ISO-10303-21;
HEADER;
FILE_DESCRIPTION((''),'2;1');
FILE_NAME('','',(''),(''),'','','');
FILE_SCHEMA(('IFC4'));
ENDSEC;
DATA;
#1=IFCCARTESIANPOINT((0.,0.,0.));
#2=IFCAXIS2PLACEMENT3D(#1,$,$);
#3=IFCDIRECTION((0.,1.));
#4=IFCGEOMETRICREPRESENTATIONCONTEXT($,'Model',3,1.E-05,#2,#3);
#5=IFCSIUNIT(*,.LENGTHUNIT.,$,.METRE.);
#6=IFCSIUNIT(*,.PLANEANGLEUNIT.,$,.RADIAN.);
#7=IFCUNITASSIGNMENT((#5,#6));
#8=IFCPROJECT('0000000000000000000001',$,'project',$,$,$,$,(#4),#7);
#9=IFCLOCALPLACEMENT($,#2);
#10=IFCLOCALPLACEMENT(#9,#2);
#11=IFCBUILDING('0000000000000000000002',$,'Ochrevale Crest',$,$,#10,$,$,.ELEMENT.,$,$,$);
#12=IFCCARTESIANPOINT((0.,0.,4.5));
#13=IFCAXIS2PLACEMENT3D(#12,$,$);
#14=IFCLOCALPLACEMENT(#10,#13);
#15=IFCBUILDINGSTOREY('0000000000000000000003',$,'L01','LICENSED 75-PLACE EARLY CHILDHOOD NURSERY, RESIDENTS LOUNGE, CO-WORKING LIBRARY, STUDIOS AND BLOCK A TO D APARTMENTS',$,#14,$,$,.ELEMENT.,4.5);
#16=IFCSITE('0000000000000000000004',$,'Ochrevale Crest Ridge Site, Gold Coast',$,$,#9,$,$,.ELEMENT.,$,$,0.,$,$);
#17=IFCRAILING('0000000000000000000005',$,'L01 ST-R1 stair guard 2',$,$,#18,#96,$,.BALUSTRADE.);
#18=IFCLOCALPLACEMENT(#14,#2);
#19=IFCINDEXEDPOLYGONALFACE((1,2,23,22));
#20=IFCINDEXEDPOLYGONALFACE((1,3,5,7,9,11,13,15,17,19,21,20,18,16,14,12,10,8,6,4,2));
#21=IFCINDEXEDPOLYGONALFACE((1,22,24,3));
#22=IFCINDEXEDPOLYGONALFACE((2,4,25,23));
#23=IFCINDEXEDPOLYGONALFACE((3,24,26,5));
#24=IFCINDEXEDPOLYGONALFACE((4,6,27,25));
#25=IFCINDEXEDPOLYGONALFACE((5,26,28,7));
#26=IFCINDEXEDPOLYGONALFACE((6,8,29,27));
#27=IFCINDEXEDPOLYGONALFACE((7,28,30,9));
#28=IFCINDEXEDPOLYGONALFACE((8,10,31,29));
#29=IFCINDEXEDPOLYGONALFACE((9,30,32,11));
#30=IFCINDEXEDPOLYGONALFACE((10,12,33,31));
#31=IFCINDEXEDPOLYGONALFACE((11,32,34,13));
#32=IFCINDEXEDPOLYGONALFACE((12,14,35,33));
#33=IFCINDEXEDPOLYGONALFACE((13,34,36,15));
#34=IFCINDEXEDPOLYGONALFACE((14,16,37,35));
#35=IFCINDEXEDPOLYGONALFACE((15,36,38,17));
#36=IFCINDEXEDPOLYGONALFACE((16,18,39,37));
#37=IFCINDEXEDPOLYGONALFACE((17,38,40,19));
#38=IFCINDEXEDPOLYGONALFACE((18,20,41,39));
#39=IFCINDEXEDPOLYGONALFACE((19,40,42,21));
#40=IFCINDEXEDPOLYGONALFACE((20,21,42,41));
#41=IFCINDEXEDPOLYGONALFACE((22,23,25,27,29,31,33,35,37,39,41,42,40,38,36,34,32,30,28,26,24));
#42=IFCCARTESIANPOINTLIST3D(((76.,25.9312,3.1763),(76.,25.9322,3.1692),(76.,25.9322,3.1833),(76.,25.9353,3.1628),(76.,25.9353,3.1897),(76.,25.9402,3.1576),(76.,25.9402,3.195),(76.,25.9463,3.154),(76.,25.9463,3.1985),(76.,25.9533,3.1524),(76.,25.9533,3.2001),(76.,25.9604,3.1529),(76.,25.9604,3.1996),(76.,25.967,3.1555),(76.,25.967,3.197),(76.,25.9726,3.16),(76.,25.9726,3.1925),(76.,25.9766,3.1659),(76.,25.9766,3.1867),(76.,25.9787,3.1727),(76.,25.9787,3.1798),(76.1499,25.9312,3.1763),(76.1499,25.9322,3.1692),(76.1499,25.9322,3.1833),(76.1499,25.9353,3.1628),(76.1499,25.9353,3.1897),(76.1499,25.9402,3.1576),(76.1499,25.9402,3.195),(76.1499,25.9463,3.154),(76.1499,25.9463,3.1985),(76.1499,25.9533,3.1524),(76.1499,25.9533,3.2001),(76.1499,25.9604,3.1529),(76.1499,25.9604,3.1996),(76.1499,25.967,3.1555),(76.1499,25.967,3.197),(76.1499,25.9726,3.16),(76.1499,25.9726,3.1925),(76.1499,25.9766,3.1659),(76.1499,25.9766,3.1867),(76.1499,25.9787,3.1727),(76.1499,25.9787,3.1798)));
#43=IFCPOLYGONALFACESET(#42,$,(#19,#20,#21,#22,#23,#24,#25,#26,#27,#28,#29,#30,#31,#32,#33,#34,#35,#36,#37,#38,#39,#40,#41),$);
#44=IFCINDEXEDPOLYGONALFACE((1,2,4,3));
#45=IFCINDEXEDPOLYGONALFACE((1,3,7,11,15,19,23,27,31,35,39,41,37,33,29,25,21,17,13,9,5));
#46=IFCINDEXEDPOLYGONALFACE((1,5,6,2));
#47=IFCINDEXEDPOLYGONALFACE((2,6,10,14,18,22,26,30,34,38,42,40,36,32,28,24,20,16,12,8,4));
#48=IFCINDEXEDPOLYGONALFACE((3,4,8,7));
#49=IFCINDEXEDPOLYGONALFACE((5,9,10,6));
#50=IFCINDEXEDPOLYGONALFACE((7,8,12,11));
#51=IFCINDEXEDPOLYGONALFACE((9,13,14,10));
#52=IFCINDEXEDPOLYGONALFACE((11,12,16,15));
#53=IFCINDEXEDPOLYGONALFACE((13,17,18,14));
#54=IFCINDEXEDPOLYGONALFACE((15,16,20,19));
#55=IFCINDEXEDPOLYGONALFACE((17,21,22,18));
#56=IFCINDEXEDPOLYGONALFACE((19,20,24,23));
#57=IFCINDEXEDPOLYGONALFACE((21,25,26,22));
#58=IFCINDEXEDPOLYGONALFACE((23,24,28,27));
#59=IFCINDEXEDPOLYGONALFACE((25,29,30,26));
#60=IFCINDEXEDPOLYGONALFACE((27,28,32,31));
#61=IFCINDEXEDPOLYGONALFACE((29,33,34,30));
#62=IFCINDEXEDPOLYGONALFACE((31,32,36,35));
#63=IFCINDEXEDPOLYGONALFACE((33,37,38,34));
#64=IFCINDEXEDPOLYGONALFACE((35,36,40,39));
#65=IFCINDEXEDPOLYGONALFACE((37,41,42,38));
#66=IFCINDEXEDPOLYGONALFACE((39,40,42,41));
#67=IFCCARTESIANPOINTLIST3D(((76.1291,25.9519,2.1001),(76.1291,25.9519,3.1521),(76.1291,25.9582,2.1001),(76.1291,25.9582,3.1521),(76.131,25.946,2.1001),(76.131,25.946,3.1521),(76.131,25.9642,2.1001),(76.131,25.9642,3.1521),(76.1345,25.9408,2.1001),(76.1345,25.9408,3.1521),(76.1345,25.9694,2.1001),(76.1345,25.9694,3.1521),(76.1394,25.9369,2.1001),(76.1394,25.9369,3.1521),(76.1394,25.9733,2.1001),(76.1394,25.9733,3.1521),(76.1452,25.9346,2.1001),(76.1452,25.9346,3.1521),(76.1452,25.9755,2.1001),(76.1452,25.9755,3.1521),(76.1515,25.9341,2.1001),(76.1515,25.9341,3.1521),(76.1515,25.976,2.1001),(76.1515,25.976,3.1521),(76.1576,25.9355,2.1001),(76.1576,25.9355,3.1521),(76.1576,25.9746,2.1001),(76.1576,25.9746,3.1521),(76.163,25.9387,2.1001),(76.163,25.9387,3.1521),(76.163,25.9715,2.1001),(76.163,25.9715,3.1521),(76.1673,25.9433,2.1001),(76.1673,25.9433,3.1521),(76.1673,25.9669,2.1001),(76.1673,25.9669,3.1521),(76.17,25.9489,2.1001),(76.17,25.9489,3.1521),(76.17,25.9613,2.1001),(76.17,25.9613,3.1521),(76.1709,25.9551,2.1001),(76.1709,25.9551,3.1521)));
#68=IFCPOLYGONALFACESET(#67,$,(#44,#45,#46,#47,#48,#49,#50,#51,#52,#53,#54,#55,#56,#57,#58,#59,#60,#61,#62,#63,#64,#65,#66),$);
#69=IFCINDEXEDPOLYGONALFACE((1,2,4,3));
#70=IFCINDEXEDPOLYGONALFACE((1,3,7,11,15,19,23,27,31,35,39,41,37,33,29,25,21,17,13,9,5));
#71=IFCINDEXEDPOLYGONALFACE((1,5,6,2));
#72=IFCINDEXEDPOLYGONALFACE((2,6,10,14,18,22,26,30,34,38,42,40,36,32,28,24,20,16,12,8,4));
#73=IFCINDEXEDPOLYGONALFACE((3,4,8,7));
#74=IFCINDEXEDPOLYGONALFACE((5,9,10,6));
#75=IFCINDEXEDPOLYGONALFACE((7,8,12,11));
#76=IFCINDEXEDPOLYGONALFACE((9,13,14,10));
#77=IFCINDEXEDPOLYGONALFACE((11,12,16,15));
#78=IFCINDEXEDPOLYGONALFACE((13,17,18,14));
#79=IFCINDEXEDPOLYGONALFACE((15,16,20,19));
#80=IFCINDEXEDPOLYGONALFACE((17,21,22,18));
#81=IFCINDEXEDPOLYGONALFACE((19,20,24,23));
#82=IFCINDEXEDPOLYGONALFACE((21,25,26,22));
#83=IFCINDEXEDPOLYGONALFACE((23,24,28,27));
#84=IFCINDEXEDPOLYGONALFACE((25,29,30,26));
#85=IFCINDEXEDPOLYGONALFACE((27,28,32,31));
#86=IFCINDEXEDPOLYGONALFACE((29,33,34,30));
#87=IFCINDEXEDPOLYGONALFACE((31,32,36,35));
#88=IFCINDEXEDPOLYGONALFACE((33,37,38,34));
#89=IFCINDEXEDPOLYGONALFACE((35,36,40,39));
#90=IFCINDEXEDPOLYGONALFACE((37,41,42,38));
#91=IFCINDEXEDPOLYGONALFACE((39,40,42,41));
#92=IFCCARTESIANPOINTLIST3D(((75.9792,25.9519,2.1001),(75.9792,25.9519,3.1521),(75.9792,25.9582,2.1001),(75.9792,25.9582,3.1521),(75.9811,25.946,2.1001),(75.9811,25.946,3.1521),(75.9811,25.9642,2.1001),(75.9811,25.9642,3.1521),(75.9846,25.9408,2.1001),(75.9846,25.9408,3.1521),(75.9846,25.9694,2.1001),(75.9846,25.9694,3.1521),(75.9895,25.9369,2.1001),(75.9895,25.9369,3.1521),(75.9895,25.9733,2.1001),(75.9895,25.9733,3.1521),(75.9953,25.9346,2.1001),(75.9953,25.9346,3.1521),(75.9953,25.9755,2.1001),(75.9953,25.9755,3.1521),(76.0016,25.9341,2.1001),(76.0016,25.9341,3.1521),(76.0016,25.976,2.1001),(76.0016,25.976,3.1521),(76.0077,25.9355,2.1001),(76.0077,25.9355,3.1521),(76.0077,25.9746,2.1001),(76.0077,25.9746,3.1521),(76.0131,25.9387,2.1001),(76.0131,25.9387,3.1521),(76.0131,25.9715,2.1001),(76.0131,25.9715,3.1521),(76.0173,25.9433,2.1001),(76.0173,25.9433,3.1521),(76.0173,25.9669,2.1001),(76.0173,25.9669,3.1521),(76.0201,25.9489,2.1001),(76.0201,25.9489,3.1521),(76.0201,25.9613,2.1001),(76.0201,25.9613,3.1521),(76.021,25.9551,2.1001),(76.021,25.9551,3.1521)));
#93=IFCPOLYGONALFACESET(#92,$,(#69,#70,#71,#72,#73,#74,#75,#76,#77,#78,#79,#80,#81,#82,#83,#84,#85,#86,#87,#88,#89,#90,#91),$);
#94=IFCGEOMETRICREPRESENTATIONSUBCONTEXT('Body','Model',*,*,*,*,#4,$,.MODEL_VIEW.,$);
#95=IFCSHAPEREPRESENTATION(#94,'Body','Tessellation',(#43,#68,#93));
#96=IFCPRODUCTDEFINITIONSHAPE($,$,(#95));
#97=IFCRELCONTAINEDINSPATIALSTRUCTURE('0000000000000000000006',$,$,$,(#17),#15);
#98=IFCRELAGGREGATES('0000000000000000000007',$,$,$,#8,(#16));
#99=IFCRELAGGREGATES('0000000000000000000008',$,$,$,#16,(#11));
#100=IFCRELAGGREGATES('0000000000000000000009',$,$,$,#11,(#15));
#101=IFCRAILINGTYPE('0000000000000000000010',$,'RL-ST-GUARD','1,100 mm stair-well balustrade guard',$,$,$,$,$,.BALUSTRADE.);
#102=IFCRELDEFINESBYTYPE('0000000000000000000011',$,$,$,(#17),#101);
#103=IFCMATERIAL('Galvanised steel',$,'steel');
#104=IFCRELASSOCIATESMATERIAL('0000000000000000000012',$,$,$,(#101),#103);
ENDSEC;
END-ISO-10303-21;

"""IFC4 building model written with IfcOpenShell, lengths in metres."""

from ifc_helpers import new_model, si_unit, direction, frame, origin, origin_2d, place, context, subcontext, project, spatial, circle, extrude, material, type_object, element, save


model = new_model("IFC4")

# Units and contexts
model_context = context("Model", 3, precision=1e-05, world=origin(), true_north=direction((0.0, 1.0)))
body_context = subcontext(model_context, "Body", "Model", "MODEL_VIEW")
ifc_project = project(units=[si_unit("LENGTHUNIT", "METRE"), si_unit("PLANEANGLEUNIT", "RADIAN")], contexts=[model_context])

# Site, building, storey
site_placement = place(None, origin())
site = spatial("IfcSite", under=ifc_project, at=site_placement, Name="Ochrevale Crest Ridge Site, Gold Coast", CompositionType="ELEMENT", RefElevation=0.0)
building_placement = place(site_placement, origin())
building = spatial("IfcBuilding", under=site, at=building_placement, Name="Ochrevale Crest", CompositionType="ELEMENT")
storey_placement = place(building_placement, frame((0.0, 0.0, 4.5)))
storey = spatial("IfcBuildingStorey", under=building, at=storey_placement, Name="L01", Description="LICENSED 75-PLACE EARLY CHILDHOOD NURSERY, RESIDENTS LOUNGE, CO-WORKING LIBRARY, STUDIOS AND BLOCK A TO D APARTMENTS", CompositionType="ELEMENT", Elevation=4.5)

# Railing
ifc_material_1 = material(Name="Galvanised steel", Category="steel")
railing_type_1 = type_object("IfcRailingType", Name="RL-ST-GUARD", Description="1,100 mm stair-well balustrade guard", PredefinedType="BALUSTRADE", material=ifc_material_1)
railing_1_placement = place(storey_placement, frame((76.1499, 25.9551, 2.1001)))
element("IfcRailing", 1, at=railing_1_placement, inside=storey, type_object=railing_type_1, Name="L01 ST-R1 stair guard 2", PredefinedType="BALUSTRADE", context=body_context, shape_type="SweptSolid", body=[
    extrude(circle(Radius=0.0239, at=origin_2d()), frame((0.0, 0.0, 1.0762), z_axis=(-1.0, 0.0, 0.0), x_axis=(0.0, -1.0, 0.0)), (0.0, 0.0, 1.0), 0.1499),
    extrude(circle(Radius=0.021, at=origin_2d()), origin(), (0.0, 0.0, 1.0), 1.052),
    extrude(circle(Radius=0.021, at=origin_2d()), frame((-0.1499, 0.0, 0.0)), (0.0, 0.0, 1.0), 1.052),
])

save(model, "model.ifc")
